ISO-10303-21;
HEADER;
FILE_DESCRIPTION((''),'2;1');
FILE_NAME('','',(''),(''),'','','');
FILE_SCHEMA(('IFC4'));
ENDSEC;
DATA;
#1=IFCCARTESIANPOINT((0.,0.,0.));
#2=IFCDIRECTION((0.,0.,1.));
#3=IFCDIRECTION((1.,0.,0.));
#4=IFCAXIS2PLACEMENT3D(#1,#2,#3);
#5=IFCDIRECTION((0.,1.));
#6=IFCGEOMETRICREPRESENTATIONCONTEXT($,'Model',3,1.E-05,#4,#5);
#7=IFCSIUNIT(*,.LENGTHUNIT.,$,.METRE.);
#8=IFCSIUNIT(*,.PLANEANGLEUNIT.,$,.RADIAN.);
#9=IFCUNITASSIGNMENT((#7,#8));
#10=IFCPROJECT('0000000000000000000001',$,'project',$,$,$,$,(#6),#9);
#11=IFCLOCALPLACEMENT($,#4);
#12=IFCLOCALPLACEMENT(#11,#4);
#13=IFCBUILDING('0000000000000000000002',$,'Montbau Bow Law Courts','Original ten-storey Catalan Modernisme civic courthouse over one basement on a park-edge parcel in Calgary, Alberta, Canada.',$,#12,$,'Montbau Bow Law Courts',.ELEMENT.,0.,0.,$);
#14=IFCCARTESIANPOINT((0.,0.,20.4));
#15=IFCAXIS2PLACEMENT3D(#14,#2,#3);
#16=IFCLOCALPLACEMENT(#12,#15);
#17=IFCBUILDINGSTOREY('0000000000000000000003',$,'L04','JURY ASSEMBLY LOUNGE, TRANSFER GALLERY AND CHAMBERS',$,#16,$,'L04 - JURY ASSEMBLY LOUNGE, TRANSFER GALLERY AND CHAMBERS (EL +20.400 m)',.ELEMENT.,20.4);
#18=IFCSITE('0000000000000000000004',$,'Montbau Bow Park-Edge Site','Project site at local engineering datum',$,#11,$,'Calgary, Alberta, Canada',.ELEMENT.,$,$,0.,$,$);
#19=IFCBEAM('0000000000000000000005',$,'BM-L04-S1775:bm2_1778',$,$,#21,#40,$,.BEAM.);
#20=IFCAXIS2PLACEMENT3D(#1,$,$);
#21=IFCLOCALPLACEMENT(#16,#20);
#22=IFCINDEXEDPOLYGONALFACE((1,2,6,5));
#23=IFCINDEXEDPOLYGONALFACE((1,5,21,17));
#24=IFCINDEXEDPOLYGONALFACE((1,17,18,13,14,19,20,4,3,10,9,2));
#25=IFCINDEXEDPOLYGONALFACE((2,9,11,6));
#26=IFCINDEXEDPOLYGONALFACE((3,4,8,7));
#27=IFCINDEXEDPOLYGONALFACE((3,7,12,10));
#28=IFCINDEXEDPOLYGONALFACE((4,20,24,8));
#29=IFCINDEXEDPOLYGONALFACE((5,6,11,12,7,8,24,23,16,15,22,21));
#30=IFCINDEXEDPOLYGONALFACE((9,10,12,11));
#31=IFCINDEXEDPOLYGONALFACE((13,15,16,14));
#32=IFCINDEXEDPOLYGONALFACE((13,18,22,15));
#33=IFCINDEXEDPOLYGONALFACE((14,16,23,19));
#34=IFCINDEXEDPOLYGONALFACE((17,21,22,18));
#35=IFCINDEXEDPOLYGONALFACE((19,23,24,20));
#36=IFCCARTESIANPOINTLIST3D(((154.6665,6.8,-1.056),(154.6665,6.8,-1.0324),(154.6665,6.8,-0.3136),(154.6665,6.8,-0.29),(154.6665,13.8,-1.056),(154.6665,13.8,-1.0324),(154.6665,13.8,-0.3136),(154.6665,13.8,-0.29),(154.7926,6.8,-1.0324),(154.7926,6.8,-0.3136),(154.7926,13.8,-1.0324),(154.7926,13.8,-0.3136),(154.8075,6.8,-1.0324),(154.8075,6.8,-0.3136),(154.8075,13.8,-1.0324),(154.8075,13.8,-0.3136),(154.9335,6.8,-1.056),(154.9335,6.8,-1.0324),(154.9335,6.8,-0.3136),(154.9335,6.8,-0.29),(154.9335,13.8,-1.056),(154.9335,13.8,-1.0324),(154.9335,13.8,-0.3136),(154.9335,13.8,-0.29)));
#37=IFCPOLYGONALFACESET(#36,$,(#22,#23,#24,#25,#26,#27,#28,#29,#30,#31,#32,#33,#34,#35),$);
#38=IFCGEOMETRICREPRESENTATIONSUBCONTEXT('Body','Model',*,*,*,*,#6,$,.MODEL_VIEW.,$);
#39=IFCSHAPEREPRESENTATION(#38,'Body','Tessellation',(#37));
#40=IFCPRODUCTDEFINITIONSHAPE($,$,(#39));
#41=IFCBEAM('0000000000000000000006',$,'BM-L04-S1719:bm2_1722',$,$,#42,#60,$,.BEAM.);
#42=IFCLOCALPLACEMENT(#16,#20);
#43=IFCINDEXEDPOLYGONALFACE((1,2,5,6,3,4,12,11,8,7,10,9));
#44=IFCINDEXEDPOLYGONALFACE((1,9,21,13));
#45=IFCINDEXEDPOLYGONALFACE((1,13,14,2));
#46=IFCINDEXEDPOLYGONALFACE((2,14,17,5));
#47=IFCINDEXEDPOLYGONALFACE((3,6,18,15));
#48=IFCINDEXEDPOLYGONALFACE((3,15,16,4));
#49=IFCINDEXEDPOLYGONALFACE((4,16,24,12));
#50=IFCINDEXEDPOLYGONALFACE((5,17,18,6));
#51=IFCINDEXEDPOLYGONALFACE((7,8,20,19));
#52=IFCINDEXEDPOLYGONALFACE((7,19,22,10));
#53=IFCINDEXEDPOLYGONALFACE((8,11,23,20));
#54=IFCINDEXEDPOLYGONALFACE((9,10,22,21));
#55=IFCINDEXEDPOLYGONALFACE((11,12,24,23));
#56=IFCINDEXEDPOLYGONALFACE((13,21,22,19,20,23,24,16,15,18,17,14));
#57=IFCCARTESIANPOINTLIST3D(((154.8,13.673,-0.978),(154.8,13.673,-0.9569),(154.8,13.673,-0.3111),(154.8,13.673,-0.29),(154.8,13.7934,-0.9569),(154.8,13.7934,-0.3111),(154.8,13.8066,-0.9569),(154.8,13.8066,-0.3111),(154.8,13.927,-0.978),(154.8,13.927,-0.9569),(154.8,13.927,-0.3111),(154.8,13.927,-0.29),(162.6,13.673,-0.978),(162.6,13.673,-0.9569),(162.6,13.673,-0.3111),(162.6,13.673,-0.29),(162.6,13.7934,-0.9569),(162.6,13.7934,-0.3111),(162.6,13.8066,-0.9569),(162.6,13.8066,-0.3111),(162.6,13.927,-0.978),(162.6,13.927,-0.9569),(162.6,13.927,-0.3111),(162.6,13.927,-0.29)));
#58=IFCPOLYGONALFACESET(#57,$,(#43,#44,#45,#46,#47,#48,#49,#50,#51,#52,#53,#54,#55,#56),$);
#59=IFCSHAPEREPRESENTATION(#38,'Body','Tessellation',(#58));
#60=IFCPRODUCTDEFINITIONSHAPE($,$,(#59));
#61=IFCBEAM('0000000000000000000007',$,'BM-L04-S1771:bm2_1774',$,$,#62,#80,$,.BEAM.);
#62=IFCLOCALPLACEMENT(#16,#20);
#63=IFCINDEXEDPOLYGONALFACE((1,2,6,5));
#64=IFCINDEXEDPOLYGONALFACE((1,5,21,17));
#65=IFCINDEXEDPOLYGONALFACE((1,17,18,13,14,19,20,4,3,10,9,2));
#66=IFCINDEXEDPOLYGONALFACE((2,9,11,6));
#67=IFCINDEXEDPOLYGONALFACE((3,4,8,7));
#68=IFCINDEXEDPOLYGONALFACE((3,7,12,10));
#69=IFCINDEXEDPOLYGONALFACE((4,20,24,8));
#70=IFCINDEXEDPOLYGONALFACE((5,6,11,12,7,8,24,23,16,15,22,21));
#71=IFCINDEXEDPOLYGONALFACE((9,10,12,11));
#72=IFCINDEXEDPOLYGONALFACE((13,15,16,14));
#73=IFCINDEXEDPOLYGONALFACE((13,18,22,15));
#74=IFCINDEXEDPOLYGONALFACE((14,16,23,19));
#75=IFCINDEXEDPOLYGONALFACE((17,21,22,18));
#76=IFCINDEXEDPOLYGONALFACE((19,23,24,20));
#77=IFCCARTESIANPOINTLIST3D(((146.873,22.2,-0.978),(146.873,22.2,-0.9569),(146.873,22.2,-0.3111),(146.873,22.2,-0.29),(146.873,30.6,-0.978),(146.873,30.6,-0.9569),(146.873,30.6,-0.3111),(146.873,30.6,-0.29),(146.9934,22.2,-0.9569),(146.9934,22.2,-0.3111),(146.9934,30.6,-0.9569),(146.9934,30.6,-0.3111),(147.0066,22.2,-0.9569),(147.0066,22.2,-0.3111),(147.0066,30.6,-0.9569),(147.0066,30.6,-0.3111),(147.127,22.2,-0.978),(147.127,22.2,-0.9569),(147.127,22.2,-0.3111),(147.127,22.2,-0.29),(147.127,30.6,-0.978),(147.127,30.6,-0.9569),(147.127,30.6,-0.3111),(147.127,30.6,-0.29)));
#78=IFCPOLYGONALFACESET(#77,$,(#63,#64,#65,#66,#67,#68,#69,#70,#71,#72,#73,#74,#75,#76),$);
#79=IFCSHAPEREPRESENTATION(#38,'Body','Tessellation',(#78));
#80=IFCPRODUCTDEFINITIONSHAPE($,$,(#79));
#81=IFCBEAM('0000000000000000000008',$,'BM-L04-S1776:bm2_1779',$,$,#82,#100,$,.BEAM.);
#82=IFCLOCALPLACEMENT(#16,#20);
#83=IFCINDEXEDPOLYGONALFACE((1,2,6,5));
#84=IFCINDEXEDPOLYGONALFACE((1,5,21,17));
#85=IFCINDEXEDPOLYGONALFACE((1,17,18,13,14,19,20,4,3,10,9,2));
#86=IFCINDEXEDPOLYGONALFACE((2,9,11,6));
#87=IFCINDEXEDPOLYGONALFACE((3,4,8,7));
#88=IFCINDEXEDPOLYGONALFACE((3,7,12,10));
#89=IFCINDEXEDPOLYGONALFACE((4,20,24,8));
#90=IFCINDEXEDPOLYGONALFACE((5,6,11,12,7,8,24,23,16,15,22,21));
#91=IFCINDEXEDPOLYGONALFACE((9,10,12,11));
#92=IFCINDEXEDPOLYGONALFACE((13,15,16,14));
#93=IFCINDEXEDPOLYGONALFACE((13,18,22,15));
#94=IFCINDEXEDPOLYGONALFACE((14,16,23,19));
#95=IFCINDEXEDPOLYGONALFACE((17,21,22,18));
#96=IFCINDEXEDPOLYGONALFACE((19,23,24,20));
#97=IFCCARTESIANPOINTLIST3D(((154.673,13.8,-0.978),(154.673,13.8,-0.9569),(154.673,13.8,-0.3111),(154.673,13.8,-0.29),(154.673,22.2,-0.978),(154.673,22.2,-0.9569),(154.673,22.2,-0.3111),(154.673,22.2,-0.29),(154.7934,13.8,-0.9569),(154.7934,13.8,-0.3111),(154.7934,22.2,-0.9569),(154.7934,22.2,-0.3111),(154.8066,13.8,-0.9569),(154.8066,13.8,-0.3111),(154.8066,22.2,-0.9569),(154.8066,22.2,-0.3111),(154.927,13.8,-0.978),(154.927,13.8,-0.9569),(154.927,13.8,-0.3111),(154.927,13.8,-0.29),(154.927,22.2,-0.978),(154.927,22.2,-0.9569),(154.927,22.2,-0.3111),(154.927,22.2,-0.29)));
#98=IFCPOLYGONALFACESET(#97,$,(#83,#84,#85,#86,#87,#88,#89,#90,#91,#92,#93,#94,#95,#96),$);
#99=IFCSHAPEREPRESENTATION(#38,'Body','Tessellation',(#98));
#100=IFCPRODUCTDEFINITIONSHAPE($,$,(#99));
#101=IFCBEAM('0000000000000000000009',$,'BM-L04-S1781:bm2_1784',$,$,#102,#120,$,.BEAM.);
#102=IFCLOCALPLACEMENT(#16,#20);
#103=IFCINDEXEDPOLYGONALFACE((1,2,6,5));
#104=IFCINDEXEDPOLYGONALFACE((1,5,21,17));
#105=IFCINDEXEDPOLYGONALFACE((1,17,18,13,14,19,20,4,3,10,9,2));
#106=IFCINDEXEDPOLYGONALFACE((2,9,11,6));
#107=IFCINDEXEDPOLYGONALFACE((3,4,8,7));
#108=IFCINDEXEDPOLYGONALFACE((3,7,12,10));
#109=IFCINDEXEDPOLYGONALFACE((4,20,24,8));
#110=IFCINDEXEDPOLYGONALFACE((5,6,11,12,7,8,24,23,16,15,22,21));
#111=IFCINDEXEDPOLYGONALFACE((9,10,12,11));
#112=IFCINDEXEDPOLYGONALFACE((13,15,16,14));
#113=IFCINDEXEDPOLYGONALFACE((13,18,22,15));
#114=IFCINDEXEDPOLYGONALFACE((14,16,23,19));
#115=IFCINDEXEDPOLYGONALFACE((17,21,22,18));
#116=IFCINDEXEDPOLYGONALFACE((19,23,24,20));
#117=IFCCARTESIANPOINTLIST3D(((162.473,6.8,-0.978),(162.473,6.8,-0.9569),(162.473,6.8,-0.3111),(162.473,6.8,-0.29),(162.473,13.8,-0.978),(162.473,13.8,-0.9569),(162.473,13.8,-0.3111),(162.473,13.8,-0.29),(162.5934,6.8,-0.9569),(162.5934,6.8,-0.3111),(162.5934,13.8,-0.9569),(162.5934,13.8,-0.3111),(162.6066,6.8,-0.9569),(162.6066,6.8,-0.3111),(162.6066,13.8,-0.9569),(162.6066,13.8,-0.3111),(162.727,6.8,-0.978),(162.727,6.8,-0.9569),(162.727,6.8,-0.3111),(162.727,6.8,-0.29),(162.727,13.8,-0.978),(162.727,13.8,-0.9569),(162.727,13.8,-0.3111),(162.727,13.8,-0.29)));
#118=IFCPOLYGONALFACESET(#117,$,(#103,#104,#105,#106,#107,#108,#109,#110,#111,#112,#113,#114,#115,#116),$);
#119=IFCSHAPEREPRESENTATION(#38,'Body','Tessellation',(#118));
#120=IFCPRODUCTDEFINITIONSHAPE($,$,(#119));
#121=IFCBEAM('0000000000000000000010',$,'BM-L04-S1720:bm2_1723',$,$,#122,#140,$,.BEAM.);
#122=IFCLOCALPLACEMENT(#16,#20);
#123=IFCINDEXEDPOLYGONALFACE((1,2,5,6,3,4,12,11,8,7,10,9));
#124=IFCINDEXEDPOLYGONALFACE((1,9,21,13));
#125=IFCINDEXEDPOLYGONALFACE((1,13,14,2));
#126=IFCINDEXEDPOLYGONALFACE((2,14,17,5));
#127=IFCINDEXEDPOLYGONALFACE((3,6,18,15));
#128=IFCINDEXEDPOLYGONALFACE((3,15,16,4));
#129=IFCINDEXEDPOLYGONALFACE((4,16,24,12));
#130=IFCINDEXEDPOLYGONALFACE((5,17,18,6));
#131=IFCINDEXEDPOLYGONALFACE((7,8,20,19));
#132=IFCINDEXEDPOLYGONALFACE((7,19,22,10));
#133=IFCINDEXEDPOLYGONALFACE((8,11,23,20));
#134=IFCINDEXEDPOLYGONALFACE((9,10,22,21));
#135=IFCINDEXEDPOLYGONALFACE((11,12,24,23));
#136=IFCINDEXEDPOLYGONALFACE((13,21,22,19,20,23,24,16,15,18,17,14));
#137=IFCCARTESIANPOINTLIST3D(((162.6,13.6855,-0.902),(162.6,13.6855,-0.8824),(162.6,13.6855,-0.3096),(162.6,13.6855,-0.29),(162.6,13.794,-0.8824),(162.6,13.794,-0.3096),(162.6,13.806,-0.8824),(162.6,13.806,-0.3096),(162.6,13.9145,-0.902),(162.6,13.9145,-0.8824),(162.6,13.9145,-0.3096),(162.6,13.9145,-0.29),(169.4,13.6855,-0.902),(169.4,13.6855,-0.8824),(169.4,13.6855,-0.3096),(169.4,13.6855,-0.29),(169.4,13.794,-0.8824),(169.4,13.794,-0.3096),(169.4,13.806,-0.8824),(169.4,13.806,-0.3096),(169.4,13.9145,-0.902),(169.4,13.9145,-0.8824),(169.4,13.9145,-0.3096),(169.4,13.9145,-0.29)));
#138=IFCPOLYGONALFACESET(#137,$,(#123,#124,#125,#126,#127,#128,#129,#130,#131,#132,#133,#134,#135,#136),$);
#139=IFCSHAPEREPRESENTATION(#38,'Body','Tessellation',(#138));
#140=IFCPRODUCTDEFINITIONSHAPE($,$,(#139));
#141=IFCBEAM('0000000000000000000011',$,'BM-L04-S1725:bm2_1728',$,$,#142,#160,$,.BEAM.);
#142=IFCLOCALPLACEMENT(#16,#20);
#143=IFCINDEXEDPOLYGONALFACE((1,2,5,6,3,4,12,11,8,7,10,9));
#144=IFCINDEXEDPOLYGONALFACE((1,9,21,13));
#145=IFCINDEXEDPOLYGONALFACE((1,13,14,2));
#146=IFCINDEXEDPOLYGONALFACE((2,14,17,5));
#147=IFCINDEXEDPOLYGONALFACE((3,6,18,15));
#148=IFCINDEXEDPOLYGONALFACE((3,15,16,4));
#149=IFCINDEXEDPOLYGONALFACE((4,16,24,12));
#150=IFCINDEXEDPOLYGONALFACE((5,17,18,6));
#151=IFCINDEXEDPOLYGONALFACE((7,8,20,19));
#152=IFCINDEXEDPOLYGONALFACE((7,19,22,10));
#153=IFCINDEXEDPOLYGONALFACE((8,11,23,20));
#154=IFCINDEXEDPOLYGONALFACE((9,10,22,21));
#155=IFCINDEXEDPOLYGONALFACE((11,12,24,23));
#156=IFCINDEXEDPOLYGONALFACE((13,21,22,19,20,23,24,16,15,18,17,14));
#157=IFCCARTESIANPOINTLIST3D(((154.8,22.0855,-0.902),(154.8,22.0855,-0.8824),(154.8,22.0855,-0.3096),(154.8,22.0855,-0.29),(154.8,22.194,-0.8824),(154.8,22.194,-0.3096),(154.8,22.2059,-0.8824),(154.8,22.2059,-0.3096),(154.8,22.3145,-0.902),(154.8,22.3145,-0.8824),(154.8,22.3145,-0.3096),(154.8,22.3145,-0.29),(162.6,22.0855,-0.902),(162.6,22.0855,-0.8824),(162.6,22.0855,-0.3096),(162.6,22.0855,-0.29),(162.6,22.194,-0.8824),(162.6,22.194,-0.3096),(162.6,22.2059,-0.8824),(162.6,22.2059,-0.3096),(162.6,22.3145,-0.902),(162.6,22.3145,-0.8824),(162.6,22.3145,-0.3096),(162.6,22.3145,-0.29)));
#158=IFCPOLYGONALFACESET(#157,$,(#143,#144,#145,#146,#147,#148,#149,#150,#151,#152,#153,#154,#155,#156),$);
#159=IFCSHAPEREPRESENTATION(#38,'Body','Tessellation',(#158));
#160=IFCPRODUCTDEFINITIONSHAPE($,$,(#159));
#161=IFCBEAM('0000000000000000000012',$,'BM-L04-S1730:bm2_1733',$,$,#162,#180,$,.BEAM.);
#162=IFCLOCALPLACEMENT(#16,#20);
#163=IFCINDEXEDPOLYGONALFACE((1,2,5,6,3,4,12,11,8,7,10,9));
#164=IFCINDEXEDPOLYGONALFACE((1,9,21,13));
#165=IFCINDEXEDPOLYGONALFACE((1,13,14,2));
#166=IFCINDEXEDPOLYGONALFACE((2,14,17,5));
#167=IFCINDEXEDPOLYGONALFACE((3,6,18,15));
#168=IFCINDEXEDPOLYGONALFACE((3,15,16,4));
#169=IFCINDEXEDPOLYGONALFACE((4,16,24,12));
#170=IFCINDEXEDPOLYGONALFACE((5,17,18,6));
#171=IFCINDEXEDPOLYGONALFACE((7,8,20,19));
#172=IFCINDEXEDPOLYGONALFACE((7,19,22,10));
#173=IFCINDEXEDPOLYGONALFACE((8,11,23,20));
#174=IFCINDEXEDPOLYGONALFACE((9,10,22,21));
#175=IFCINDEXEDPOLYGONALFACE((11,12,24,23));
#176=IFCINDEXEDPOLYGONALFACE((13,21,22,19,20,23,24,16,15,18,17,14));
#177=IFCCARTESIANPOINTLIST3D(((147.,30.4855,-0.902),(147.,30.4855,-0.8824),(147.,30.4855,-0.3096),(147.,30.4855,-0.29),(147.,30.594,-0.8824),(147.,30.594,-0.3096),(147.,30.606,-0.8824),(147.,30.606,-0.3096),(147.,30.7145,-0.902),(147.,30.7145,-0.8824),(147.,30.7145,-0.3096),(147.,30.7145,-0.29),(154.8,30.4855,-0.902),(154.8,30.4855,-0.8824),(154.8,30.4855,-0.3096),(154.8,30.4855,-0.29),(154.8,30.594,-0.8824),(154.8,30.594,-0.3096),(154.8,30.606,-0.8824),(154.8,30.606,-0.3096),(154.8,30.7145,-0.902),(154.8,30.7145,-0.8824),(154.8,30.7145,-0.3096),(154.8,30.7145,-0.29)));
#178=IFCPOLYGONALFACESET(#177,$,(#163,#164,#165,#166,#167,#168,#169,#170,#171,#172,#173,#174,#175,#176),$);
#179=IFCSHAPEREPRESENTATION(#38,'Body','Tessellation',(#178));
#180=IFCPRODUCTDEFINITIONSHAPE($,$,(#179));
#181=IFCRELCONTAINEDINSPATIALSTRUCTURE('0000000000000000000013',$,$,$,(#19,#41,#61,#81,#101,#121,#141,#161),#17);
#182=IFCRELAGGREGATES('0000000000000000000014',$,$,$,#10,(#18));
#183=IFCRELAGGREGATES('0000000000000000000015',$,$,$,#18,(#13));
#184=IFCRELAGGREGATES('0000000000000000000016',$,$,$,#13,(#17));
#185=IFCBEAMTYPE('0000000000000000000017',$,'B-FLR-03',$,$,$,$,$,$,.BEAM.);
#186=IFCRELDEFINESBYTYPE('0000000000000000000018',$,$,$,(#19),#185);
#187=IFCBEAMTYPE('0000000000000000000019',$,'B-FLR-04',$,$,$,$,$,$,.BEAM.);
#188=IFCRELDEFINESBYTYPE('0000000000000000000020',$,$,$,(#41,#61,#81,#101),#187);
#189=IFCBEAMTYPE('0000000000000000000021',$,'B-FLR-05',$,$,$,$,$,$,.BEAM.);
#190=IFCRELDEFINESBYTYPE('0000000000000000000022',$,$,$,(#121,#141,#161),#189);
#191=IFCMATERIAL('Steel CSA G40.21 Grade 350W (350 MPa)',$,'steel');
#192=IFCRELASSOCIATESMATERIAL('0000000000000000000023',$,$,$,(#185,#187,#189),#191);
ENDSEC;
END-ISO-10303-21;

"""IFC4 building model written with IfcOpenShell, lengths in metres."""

from ifc_helpers import new_model, si_unit, direction, frame, origin_with_axes, origin_2d_with_axis, place, context, subcontext, project, spatial, i_section, extrude, material, material_profile, profile_set, type_object, element, save


model = new_model("IFC4")

# Units and contexts
model_context = context("Model", 3, precision=1e-05, world=origin_with_axes(), true_north=direction((0.0, 1.0)))
body_context = subcontext(model_context, "Body", "Model", "MODEL_VIEW")
ifc_project = project(units=[si_unit("LENGTHUNIT", "METRE"), si_unit("PLANEANGLEUNIT", "RADIAN")], contexts=[model_context])

# Site, building, storey
site_placement = place(None, origin_with_axes())
site = spatial("IfcSite", under=ifc_project, at=site_placement, Name="Montbau Bow Park-Edge Site", Description="Project site at local engineering datum", LongName="Calgary, Alberta, Canada", CompositionType="ELEMENT", RefElevation=0.0)
building_placement = place(site_placement, origin_with_axes())
building = spatial("IfcBuilding", under=site, at=building_placement, Name="Montbau Bow Law Courts", Description="Original ten-storey Catalan Modernisme civic courthouse over one basement on a park-edge parcel in Calgary, Alberta, Canada.", LongName="Montbau Bow Law Courts", CompositionType="ELEMENT", ElevationOfRefHeight=0.0, ElevationOfTerrain=0.0)
storey_placement = place(building_placement, frame((0.0, 0.0, 20.4), z_axis=(0.0, 0.0, 1.0), x_axis=(1.0, 0.0, 0.0)))
storey = spatial("IfcBuildingStorey", under=building, at=storey_placement, Name="L04", Description="JURY ASSEMBLY LOUNGE, TRANSFER GALLERY AND CHAMBERS", LongName="L04 - JURY ASSEMBLY LOUNGE, TRANSFER GALLERY AND CHAMBERS (EL +20.400 m)", CompositionType="ELEMENT", Elevation=20.4)

# Beams
ifc_material_1 = material(Name="Steel CSA G40.21 Grade 350W (350 MPa)", Category="steel")
ifc_material_profile_1 = material_profile(ifc_material_1, i_section(OverallWidth=0.267, OverallDepth=0.766, WebThickness=0.0149, FlangeThickness=0.0236, at=origin_2d_with_axis()), Name="W760X185", Category="Main", Priority=0)
ifc_profile_set_1 = profile_set([ifc_material_profile_1], Name="Steel CSA G40.21 Grade 350W (350 MPa)")
beam_type_1 = type_object("IfcBeamType", Name="B-FLR-03", PredefinedType="BEAM", material=ifc_profile_set_1)
beam_1_placement = place(None, frame((154.8, 6.8, 19.727), z_axis=(0.0, 1.0, 0.0), x_axis=(-1.0, 0.0, 0.0)))
element("IfcBeam", 1, at=beam_1_placement, inside=storey, type_object=beam_type_1, Name="BM-L04-S1775:bm2_1778", PredefinedType="BEAM", context=body_context, shape_type="SweptSolid", body=[
    extrude(i_section(OverallWidth=0.267, OverallDepth=0.766, WebThickness=0.0149, FlangeThickness=0.0236, at=origin_2d_with_axis()), origin_with_axes(), (0.0, 0.0, 1.0), 7.0),
])
ifc_material_profile_2 = material_profile(ifc_material_1, i_section(OverallWidth=0.254, OverallDepth=0.688, WebThickness=0.0131, FlangeThickness=0.0211, at=origin_2d_with_axis()), Name="W690X152", Category="Main", Priority=0)
ifc_profile_set_2 = profile_set([ifc_material_profile_2], Name="Steel CSA G40.21 Grade 350W (350 MPa)")
beam_type_2 = type_object("IfcBeamType", Name="B-FLR-04", PredefinedType="BEAM", material=ifc_profile_set_2)
beam_2_placement = place(None, frame((154.8, 13.8, 19.766), z_axis=(1.0, 0.0, 0.0), x_axis=(0.0, 1.0, 0.0)))
element("IfcBeam", 2, at=beam_2_placement, inside=storey, type_object=beam_type_2, Name="BM-L04-S1719:bm2_1722", PredefinedType="BEAM", context=body_context, shape_type="SweptSolid", body=[
    extrude(i_section(OverallWidth=0.254, OverallDepth=0.688, WebThickness=0.0131, FlangeThickness=0.0211, at=origin_2d_with_axis()), origin_with_axes(), (0.0, 0.0, 1.0), 7.8),
])
for number, where, z_axis, x_axis, name in (
    (3, (147.0, 22.2, 19.766), (0.0, 1.0, 0.0), (-1.0, 0.0, 0.0), "BM-L04-S1771:bm2_1774"),
    (4, (154.8, 13.8, 19.766), (0.0, 1.0, 0.0), (-1.0, 0.0, 0.0), "BM-L04-S1776:bm2_1779"),
):
    element("IfcBeam", number, at=place(None, frame(where, z_axis=z_axis, x_axis=x_axis)), inside=storey, type_object=beam_type_2, Name=name, PredefinedType="BEAM", context=body_context, shape_type="SweptSolid", body=[
        extrude(i_section(OverallWidth=0.254, OverallDepth=0.688, WebThickness=0.0131, FlangeThickness=0.0211, at=origin_2d_with_axis()), origin_with_axes(), (0.0, 0.0, 1.0), 8.4),
    ])
beam_3_placement = place(None, frame((162.6, 6.8, 19.766), z_axis=(0.0, 1.0, 0.0), x_axis=(-1.0, 0.0, 0.0)))
element("IfcBeam", 5, at=beam_3_placement, inside=storey, type_object=beam_type_2, Name="BM-L04-S1781:bm2_1784", PredefinedType="BEAM", context=body_context, shape_type="SweptSolid", body=[
    extrude(i_section(OverallWidth=0.254, OverallDepth=0.688, WebThickness=0.0131, FlangeThickness=0.0211, at=origin_2d_with_axis()), origin_with_axes(), (0.0, 0.0, 1.0), 7.0),
])
ifc_material_profile_3 = material_profile(ifc_material_1, i_section(OverallWidth=0.229, OverallDepth=0.612, WebThickness=0.0119, FlangeThickness=0.0196, at=origin_2d_with_axis()), Name="W610X125", Category="Main", Priority=0)
ifc_profile_set_3 = profile_set([ifc_material_profile_3], Name="Steel CSA G40.21 Grade 350W (350 MPa)")
beam_type_3 = type_object("IfcBeamType", Name="B-FLR-05", PredefinedType="BEAM", material=ifc_profile_set_3)
beam_4_placement = place(None, frame((162.6, 13.8, 19.804), z_axis=(1.0, 0.0, 0.0), x_axis=(0.0, 1.0, 0.0)))
element("IfcBeam", 6, at=beam_4_placement, inside=storey, type_object=beam_type_3, Name="BM-L04-S1720:bm2_1723", PredefinedType="BEAM", context=body_context, shape_type="SweptSolid", body=[
    extrude(i_section(OverallWidth=0.229, OverallDepth=0.612, WebThickness=0.0119, FlangeThickness=0.0196, at=origin_2d_with_axis()), origin_with_axes(), (0.0, 0.0, 1.0), 6.8),
])
for number, where, z_axis, x_axis, name in (
    (7, (154.8, 22.2, 19.804), (1.0, 0.0, 0.0), (0.0, 1.0, 0.0), "BM-L04-S1725:bm2_1728"),
    (8, (147.0, 30.6, 19.804), (1.0, 0.0, 0.0), (0.0, 1.0, 0.0), "BM-L04-S1730:bm2_1733"),
):
    element("IfcBeam", number, at=place(None, frame(where, z_axis=z_axis, x_axis=x_axis)), inside=storey, type_object=beam_type_3, Name=name, PredefinedType="BEAM", context=body_context, shape_type="SweptSolid", body=[
        extrude(i_section(OverallWidth=0.229, OverallDepth=0.612, WebThickness=0.0119, FlangeThickness=0.0196, at=origin_2d_with_axis()), origin_with_axes(), (0.0, 0.0, 1.0), 7.8),
    ])

save(model, "model.ifc")
